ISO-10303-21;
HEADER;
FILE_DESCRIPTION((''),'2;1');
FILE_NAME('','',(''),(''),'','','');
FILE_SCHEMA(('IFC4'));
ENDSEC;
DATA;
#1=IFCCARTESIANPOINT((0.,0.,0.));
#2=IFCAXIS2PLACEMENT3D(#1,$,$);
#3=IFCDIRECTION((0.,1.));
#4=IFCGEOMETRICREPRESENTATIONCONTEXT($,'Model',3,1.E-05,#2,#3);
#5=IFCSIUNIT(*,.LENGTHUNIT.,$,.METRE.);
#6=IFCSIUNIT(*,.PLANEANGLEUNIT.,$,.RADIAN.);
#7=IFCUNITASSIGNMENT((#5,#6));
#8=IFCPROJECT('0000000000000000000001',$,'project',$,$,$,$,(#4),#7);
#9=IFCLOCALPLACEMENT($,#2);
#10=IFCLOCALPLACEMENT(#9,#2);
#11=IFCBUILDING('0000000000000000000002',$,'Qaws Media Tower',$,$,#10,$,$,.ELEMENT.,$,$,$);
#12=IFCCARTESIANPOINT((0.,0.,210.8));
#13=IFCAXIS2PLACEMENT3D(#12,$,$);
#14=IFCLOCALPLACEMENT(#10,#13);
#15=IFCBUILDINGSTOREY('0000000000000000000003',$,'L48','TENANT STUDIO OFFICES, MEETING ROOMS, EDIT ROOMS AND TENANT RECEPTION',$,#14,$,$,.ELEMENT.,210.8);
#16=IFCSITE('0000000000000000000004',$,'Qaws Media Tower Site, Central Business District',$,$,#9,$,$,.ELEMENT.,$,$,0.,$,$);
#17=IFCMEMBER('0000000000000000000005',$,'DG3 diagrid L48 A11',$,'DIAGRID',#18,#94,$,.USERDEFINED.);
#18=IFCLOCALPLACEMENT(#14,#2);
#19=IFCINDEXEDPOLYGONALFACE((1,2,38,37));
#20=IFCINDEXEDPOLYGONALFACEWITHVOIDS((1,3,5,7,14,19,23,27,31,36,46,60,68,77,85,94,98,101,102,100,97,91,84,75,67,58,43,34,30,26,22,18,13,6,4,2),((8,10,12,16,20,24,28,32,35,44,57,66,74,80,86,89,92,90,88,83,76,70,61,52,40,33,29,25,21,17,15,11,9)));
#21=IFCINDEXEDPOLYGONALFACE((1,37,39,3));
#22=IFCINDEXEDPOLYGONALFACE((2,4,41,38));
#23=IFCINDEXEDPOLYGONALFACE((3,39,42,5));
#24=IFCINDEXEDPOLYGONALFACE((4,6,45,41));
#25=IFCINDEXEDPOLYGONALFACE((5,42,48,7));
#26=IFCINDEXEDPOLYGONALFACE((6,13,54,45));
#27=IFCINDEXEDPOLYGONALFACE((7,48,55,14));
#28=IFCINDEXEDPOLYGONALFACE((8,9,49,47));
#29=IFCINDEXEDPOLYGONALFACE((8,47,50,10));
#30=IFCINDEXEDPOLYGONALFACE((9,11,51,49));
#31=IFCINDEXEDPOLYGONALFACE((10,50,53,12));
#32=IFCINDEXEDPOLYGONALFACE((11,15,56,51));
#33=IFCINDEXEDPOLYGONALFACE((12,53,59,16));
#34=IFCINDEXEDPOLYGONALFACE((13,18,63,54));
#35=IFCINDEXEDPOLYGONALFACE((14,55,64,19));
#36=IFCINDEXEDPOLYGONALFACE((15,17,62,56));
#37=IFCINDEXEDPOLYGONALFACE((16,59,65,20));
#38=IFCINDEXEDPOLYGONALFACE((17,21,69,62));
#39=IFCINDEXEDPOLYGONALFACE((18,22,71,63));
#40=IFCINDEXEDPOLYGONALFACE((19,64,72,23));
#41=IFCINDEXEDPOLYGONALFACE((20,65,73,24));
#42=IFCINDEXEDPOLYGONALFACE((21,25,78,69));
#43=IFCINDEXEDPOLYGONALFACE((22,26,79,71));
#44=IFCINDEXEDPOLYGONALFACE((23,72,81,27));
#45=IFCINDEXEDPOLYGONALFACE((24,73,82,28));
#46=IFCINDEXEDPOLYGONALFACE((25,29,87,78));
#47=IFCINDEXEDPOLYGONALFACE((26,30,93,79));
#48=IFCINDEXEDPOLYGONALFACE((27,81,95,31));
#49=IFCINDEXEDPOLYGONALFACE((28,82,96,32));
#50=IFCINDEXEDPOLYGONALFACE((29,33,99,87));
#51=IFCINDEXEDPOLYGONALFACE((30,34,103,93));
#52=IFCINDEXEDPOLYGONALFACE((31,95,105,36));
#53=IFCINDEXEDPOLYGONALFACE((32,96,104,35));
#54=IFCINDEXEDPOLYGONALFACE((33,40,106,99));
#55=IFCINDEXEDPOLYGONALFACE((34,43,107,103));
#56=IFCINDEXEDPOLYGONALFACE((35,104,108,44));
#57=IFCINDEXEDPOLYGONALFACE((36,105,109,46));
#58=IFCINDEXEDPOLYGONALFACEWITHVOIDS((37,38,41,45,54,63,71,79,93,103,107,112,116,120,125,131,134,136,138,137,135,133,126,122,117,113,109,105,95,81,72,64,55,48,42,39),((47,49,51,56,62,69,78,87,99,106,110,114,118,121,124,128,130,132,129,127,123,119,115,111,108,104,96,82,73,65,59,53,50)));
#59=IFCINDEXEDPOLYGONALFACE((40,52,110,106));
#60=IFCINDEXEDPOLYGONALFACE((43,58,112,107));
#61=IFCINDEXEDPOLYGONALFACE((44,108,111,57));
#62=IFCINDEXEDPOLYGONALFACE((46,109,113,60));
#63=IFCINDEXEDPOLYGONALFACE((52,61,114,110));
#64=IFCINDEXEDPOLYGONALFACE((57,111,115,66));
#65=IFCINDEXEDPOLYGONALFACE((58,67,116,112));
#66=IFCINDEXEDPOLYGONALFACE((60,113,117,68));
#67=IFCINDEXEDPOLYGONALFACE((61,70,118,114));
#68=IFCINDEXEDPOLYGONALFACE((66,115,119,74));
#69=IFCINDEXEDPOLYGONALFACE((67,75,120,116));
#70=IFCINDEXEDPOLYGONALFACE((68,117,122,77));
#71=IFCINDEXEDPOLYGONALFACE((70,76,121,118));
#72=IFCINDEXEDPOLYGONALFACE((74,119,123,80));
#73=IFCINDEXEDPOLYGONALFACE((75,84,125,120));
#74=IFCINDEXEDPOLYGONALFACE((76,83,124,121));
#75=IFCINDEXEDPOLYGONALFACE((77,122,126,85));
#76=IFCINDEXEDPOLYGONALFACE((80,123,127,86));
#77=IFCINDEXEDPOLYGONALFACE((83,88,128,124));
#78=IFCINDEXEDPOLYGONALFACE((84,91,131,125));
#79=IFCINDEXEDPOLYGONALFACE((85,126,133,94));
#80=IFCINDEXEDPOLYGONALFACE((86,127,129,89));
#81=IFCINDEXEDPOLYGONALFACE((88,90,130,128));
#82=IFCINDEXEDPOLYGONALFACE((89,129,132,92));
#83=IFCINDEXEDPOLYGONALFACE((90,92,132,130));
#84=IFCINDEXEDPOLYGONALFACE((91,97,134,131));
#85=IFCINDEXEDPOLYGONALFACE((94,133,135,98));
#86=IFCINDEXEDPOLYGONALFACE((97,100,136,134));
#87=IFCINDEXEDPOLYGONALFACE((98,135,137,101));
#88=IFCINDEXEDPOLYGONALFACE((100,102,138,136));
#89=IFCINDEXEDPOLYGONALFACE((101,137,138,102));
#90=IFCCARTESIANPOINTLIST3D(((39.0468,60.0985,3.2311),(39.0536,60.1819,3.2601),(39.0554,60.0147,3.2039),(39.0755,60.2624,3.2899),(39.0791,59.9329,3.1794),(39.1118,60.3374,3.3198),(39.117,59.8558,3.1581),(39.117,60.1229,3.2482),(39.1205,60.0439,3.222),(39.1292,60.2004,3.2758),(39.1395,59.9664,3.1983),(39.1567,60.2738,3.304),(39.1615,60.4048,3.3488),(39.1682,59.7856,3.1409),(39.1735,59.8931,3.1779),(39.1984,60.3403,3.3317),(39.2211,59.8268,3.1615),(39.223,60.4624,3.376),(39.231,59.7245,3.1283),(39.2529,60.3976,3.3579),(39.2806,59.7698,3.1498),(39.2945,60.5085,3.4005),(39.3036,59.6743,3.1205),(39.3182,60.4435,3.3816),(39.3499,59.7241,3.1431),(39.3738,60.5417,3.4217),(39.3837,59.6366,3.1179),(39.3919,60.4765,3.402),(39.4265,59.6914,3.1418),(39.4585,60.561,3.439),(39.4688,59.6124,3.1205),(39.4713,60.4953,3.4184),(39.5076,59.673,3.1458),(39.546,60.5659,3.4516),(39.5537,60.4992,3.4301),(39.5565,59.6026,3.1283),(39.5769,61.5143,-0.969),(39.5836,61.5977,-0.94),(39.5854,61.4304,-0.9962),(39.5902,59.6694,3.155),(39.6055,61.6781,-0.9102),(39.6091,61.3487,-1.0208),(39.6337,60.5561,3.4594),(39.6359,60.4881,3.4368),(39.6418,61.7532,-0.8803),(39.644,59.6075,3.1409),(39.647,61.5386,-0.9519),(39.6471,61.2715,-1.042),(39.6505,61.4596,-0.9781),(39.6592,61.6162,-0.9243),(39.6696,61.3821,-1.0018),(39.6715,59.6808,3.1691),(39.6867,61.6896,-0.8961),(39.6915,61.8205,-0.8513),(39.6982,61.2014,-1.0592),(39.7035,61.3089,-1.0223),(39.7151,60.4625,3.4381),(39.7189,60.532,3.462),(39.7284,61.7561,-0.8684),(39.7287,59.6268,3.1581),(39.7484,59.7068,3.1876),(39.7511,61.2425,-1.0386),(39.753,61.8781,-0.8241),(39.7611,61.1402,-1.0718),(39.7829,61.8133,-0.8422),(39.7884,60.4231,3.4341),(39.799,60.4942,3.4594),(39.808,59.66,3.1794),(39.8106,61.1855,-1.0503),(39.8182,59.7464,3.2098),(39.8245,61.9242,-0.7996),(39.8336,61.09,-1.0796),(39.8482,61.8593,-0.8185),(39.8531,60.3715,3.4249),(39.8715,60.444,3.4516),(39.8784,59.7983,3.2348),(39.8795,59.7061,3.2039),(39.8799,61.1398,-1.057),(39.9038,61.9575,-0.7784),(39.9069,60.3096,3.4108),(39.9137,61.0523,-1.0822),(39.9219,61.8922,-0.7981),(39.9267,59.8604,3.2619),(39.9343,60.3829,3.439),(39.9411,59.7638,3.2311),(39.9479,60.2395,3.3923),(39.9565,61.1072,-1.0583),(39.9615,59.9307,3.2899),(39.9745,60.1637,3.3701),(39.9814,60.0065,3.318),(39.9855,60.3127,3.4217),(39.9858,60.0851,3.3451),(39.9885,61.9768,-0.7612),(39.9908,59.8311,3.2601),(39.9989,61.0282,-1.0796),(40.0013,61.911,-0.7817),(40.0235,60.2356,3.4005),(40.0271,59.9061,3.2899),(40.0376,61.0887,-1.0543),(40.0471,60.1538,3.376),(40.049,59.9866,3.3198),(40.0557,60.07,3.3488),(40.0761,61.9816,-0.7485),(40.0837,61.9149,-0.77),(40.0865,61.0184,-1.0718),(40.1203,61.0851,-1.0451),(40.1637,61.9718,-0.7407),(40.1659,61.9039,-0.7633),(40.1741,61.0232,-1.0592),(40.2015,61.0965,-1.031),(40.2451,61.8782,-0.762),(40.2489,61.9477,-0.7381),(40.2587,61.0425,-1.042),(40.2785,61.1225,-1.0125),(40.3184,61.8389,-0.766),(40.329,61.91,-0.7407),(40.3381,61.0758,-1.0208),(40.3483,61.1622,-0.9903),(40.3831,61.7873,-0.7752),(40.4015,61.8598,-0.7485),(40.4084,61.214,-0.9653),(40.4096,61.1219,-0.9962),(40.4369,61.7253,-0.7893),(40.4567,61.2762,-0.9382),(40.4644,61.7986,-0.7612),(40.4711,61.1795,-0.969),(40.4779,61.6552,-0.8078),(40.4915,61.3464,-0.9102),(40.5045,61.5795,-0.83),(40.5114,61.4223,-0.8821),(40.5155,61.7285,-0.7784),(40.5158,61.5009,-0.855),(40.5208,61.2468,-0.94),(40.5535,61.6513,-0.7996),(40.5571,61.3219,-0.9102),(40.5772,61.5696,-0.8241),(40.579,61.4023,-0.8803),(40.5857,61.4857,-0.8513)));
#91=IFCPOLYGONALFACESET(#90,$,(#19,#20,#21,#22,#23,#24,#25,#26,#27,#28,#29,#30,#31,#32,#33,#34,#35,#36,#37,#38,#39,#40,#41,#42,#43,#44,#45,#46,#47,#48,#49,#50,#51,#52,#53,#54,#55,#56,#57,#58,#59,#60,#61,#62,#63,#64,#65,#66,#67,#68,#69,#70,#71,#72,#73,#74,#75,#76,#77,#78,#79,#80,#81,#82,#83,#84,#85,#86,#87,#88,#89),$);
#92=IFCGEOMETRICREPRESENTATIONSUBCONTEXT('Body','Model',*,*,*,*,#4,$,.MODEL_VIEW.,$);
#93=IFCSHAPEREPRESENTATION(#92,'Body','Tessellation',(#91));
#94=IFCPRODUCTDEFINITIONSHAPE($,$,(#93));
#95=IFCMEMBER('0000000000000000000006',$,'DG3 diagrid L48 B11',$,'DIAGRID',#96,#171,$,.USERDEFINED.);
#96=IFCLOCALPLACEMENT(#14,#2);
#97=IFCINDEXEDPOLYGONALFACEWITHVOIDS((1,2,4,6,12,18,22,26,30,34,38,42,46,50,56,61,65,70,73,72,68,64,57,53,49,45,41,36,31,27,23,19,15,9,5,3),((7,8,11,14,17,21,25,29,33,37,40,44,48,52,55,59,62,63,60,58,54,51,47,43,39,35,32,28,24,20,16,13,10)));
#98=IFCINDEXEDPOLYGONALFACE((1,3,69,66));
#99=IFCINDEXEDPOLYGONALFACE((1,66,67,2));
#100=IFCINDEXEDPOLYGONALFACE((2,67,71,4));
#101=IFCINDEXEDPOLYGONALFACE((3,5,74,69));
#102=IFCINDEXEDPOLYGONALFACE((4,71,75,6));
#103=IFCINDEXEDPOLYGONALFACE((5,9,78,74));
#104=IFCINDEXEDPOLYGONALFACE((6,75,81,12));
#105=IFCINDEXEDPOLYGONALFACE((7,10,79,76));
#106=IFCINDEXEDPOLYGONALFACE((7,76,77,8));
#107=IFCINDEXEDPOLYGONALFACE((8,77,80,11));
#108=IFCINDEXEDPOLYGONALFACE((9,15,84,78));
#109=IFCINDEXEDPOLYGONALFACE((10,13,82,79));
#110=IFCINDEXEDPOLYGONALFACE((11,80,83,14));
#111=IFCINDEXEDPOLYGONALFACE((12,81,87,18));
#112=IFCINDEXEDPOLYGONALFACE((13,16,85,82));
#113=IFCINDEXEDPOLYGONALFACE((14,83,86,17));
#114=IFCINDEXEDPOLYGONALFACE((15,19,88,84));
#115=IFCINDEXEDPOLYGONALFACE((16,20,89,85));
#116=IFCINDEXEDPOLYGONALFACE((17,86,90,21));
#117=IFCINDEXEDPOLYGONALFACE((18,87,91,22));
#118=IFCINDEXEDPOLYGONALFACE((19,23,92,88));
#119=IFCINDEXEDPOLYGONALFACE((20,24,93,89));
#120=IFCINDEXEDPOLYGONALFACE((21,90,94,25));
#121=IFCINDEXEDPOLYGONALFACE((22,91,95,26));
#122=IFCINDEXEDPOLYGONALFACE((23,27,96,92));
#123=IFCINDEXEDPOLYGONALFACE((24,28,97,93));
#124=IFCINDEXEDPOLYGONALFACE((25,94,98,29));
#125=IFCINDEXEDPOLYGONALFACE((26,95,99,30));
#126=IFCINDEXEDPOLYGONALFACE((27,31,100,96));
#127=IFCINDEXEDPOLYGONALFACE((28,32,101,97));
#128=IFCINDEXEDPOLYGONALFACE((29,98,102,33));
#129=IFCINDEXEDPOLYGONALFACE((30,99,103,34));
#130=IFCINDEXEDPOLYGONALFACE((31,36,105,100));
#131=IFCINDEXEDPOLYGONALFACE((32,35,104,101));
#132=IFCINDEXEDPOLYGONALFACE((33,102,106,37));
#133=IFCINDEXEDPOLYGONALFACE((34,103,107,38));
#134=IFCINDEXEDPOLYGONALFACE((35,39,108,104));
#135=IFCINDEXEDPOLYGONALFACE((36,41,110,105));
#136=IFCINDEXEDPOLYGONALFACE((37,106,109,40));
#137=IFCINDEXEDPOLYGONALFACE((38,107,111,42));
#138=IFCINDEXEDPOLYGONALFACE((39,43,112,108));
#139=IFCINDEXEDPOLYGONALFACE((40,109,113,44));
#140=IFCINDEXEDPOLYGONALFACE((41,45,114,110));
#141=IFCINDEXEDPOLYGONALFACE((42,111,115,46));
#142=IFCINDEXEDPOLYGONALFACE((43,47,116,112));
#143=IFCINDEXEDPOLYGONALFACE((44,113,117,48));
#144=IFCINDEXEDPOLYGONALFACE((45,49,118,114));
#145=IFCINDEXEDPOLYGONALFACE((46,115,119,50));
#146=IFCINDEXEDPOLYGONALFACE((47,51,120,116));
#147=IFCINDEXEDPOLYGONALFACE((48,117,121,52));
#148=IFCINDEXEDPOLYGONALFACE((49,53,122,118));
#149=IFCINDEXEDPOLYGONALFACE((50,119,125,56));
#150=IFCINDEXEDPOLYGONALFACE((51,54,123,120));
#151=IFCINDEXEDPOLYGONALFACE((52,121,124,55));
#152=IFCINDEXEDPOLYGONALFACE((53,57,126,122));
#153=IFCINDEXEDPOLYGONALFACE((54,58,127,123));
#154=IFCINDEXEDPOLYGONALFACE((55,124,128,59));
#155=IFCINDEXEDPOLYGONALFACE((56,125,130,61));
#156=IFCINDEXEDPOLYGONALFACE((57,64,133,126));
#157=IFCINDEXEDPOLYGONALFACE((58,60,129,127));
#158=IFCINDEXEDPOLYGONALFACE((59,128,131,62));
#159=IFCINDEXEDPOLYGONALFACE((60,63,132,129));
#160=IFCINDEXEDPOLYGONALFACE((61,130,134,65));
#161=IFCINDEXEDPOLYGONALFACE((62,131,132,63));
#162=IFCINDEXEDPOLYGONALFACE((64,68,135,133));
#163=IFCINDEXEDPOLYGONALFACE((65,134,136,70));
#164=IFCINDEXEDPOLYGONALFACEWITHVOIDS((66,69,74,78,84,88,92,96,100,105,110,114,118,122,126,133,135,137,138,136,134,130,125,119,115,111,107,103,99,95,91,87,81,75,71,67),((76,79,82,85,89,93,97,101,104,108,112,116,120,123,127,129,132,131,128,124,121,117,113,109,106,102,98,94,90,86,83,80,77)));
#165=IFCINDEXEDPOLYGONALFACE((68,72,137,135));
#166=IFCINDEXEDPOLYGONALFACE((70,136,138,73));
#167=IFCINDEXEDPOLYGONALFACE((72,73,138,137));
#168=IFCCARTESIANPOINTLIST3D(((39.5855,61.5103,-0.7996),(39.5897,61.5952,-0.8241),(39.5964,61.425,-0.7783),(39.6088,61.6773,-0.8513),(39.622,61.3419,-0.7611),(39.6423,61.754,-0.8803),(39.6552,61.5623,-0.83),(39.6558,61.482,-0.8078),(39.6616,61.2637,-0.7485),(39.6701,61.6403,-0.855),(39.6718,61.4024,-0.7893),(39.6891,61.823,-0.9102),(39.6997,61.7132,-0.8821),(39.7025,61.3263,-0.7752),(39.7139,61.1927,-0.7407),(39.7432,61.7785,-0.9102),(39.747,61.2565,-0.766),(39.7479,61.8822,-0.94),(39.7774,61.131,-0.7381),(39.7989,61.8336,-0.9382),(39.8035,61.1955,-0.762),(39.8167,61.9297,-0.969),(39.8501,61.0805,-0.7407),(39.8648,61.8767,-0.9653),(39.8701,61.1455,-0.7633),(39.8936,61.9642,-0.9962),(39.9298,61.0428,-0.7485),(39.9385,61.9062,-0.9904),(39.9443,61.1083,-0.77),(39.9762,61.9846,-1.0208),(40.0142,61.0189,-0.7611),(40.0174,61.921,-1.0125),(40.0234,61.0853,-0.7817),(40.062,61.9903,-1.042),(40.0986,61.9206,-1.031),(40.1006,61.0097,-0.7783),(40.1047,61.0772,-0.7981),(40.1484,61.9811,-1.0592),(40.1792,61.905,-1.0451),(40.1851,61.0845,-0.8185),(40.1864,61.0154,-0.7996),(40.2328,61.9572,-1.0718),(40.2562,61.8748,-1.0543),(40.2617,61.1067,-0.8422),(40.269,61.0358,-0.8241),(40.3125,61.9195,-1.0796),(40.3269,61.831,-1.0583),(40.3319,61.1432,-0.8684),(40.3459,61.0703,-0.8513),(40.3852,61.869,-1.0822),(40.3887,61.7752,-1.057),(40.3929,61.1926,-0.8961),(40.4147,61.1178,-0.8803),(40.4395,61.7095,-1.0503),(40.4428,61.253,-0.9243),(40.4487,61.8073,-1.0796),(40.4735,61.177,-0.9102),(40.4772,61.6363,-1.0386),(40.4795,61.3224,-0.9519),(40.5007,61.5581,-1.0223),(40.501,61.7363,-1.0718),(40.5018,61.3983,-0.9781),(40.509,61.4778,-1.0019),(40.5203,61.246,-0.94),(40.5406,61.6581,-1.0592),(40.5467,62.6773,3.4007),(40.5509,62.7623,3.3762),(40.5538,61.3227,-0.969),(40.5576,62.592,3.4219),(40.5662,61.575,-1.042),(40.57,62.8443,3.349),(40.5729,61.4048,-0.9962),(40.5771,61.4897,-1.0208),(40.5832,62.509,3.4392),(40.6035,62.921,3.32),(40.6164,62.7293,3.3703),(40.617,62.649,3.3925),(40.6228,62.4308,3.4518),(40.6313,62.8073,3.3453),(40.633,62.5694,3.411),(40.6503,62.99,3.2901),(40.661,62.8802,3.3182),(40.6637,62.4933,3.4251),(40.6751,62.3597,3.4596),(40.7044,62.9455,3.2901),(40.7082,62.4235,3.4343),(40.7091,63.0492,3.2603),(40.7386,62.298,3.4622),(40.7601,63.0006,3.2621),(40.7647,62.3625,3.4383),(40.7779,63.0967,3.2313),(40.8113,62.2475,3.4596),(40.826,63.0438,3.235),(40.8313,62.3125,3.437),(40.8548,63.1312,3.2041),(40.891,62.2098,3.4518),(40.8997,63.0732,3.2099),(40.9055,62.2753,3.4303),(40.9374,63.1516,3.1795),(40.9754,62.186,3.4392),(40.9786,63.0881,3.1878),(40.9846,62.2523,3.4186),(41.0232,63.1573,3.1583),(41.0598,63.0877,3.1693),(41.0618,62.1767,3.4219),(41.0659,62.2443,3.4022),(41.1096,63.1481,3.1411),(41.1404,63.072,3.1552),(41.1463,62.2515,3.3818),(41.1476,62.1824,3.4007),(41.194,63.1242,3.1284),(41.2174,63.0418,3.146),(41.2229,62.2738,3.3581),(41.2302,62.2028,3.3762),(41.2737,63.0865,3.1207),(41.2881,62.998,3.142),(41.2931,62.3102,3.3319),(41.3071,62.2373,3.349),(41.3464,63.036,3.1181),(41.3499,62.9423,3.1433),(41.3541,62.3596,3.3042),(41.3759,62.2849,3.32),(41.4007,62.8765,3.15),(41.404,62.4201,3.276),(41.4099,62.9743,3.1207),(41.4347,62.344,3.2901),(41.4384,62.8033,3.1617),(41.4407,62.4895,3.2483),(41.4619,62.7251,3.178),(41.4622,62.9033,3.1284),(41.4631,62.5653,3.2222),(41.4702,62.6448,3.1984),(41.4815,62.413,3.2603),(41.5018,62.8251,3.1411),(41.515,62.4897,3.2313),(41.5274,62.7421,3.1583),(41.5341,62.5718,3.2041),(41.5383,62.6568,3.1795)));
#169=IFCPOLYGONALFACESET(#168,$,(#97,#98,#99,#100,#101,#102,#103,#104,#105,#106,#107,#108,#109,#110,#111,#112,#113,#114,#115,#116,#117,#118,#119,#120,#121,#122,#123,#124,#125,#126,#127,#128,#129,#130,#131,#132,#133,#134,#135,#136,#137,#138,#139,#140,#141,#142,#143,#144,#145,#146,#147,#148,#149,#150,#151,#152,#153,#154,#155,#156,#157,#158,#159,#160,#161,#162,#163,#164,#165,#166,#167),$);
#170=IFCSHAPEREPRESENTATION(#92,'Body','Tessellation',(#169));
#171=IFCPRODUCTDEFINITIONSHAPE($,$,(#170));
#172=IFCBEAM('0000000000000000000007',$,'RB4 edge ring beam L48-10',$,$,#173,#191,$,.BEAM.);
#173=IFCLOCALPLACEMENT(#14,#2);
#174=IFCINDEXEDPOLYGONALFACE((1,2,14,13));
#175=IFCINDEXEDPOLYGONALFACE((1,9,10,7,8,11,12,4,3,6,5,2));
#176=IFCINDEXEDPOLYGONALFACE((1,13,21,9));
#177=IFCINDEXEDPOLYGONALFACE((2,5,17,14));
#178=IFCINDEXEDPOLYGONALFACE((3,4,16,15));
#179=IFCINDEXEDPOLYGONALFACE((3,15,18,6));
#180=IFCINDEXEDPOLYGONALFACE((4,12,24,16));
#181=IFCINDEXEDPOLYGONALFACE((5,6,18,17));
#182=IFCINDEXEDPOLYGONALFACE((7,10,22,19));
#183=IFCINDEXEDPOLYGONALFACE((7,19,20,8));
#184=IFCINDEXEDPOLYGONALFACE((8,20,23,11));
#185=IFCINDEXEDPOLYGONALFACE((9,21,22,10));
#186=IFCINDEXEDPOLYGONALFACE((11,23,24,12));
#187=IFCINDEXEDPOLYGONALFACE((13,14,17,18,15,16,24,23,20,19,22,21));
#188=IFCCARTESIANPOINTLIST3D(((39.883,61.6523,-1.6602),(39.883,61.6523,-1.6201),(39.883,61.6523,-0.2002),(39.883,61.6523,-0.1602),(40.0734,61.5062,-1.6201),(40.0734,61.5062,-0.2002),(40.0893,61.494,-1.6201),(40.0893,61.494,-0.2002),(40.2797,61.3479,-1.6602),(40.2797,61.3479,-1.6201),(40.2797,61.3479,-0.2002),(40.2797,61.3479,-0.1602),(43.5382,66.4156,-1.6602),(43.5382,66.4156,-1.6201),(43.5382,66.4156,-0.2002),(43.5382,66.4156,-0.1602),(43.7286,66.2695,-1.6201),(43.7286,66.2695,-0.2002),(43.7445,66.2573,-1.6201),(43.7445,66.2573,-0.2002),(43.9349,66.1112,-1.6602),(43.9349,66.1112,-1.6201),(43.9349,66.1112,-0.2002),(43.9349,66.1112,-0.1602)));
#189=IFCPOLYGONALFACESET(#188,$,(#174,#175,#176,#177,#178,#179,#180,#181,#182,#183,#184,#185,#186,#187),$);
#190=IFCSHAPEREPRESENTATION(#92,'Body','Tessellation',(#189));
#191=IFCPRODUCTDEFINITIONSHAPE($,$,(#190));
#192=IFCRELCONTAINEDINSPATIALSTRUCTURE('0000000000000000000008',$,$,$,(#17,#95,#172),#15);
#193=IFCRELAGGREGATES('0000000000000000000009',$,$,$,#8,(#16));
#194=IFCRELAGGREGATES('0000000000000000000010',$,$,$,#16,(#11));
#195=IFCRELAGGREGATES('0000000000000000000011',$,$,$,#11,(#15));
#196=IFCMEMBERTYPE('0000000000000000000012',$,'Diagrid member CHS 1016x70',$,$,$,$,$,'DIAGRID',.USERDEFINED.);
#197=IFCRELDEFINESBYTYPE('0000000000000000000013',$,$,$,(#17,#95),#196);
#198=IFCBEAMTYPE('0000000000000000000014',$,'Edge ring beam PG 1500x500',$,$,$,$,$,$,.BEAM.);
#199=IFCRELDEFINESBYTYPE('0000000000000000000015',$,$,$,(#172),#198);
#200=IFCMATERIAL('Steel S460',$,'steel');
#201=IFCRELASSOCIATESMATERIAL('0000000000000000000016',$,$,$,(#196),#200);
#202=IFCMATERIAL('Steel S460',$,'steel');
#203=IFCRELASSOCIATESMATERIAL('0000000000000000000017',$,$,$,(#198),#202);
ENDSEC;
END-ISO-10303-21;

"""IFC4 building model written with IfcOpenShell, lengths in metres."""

from ifc_helpers import new_model, si_unit, direction, frame, origin, origin_2d, place, context, subcontext, project, spatial, hollow_circle, i_section, extrude, material, material_profile, profile_set, type_object, element, save


model = new_model("IFC4")

# Units and contexts
model_context = context("Model", 3, precision=1e-05, world=origin(), true_north=direction((0.0, 1.0)))
body_context = subcontext(model_context, "Body", "Model", "MODEL_VIEW")
ifc_project = project(units=[si_unit("LENGTHUNIT", "METRE"), si_unit("PLANEANGLEUNIT", "RADIAN")], contexts=[model_context])

# Site, building, storey
site_placement = place(None, origin())
site = spatial("IfcSite", under=ifc_project, at=site_placement, Name="Qaws Media Tower Site, Central Business District", CompositionType="ELEMENT", RefElevation=0.0)
building_placement = place(site_placement, origin())
building = spatial("IfcBuilding", under=site, at=building_placement, Name="Qaws Media Tower", CompositionType="ELEMENT")
storey_placement = place(building_placement, frame((0.0, 0.0, 210.8)))
storey = spatial("IfcBuildingStorey", under=building, at=storey_placement, Name="L48", Description="TENANT STUDIO OFFICES, MEETING ROOMS, EDIT ROOMS AND TENANT RECEPTION", CompositionType="ELEMENT", Elevation=210.8)

# Members
ifc_material_1 = material(Name="Steel S460", Category="steel")
ifc_material_profile_1 = material_profile(ifc_material_1, hollow_circle(Radius=0.5081, WallThickness=0.0701, at=origin_2d()), Name="CHS 1016x70")
ifc_profile_set_1 = profile_set([ifc_material_profile_1], Name="Steel S460")
member_type_1 = type_object("IfcMemberType", Name="Diagrid member CHS 1016x70", ElementType="DIAGRID", PredefinedType="USERDEFINED", material=ifc_profile_set_1)
for number, where, z_axis, x_axis, name in (
    (1, (40.0813, 61.5, -0.9102), (-0.118735, -0.317156, 0.940911), (0.936522, -0.35061, 0.0), "DG3 diagrid L48 A11"),
):
    element("IfcMember", number, at=place(storey_placement, frame(where, z_axis=z_axis, x_axis=x_axis)), inside=storey, type_object=member_type_1, Name=name, ObjectType="DIAGRID", PredefinedType="USERDEFINED", context=body_context, shape_type="SweptSolid", body=[
        extrude(hollow_circle(Radius=0.5081, WallThickness=0.0701, at=origin_2d()), origin(), (0.0, 0.0, 1.0), 4.4639),
    ])
member_1_placement = place(storey_placement, frame((40.0813, 61.5, -0.9102), z_axis=(0.215318, 0.261422, 0.940902), x_axis=(-0.771888, 0.635758, 0.0)))
element("IfcMember", 2, at=member_1_placement, inside=storey, type_object=member_type_1, Name="DG3 diagrid L48 B11", ObjectType="DIAGRID", PredefinedType="USERDEFINED", context=body_context, shape_type="SweptSolid", body=[
    extrude(hollow_circle(Radius=0.5081, WallThickness=0.0701, at=origin_2d()), origin(), (0.0, 0.0, 1.0), 4.4641),
])

# Beam
ifc_material_2 = material(Name="Steel S460", Category="steel")
ifc_material_profile_2 = material_profile(ifc_material_2, i_section(OverallWidth=0.5, OverallDepth=1.5, WebThickness=0.02, FlangeThickness=0.04, at=origin_2d()), Name="PG 1500x500")
ifc_profile_set_2 = profile_set([ifc_material_profile_2], Name="Steel S460")
beam_type = type_object("IfcBeamType", Name="Edge ring beam PG 1500x500", PredefinedType="BEAM", material=ifc_profile_set_2)
for number, where, z_axis, x_axis, name in (
    (3, (43.7366, 66.2634, -0.9102), (-0.608779, -0.79334, 0.0), (0.79334, -0.608779, 0.0), "RB4 edge ring beam L48-10"),
):
    element("IfcBeam", number, at=place(storey_placement, frame(where, z_axis=z_axis, x_axis=x_axis)), inside=storey, type_object=beam_type, Name=name, PredefinedType="BEAM", context=body_context, shape_type="SweptSolid", body=[
        extrude(i_section(OverallWidth=0.5, OverallDepth=1.5, WebThickness=0.02, FlangeThickness=0.04, at=origin_2d()), origin(), (0.0, 0.0, 1.0), 6.0042),
    ])

save(model, "model.ifc")
